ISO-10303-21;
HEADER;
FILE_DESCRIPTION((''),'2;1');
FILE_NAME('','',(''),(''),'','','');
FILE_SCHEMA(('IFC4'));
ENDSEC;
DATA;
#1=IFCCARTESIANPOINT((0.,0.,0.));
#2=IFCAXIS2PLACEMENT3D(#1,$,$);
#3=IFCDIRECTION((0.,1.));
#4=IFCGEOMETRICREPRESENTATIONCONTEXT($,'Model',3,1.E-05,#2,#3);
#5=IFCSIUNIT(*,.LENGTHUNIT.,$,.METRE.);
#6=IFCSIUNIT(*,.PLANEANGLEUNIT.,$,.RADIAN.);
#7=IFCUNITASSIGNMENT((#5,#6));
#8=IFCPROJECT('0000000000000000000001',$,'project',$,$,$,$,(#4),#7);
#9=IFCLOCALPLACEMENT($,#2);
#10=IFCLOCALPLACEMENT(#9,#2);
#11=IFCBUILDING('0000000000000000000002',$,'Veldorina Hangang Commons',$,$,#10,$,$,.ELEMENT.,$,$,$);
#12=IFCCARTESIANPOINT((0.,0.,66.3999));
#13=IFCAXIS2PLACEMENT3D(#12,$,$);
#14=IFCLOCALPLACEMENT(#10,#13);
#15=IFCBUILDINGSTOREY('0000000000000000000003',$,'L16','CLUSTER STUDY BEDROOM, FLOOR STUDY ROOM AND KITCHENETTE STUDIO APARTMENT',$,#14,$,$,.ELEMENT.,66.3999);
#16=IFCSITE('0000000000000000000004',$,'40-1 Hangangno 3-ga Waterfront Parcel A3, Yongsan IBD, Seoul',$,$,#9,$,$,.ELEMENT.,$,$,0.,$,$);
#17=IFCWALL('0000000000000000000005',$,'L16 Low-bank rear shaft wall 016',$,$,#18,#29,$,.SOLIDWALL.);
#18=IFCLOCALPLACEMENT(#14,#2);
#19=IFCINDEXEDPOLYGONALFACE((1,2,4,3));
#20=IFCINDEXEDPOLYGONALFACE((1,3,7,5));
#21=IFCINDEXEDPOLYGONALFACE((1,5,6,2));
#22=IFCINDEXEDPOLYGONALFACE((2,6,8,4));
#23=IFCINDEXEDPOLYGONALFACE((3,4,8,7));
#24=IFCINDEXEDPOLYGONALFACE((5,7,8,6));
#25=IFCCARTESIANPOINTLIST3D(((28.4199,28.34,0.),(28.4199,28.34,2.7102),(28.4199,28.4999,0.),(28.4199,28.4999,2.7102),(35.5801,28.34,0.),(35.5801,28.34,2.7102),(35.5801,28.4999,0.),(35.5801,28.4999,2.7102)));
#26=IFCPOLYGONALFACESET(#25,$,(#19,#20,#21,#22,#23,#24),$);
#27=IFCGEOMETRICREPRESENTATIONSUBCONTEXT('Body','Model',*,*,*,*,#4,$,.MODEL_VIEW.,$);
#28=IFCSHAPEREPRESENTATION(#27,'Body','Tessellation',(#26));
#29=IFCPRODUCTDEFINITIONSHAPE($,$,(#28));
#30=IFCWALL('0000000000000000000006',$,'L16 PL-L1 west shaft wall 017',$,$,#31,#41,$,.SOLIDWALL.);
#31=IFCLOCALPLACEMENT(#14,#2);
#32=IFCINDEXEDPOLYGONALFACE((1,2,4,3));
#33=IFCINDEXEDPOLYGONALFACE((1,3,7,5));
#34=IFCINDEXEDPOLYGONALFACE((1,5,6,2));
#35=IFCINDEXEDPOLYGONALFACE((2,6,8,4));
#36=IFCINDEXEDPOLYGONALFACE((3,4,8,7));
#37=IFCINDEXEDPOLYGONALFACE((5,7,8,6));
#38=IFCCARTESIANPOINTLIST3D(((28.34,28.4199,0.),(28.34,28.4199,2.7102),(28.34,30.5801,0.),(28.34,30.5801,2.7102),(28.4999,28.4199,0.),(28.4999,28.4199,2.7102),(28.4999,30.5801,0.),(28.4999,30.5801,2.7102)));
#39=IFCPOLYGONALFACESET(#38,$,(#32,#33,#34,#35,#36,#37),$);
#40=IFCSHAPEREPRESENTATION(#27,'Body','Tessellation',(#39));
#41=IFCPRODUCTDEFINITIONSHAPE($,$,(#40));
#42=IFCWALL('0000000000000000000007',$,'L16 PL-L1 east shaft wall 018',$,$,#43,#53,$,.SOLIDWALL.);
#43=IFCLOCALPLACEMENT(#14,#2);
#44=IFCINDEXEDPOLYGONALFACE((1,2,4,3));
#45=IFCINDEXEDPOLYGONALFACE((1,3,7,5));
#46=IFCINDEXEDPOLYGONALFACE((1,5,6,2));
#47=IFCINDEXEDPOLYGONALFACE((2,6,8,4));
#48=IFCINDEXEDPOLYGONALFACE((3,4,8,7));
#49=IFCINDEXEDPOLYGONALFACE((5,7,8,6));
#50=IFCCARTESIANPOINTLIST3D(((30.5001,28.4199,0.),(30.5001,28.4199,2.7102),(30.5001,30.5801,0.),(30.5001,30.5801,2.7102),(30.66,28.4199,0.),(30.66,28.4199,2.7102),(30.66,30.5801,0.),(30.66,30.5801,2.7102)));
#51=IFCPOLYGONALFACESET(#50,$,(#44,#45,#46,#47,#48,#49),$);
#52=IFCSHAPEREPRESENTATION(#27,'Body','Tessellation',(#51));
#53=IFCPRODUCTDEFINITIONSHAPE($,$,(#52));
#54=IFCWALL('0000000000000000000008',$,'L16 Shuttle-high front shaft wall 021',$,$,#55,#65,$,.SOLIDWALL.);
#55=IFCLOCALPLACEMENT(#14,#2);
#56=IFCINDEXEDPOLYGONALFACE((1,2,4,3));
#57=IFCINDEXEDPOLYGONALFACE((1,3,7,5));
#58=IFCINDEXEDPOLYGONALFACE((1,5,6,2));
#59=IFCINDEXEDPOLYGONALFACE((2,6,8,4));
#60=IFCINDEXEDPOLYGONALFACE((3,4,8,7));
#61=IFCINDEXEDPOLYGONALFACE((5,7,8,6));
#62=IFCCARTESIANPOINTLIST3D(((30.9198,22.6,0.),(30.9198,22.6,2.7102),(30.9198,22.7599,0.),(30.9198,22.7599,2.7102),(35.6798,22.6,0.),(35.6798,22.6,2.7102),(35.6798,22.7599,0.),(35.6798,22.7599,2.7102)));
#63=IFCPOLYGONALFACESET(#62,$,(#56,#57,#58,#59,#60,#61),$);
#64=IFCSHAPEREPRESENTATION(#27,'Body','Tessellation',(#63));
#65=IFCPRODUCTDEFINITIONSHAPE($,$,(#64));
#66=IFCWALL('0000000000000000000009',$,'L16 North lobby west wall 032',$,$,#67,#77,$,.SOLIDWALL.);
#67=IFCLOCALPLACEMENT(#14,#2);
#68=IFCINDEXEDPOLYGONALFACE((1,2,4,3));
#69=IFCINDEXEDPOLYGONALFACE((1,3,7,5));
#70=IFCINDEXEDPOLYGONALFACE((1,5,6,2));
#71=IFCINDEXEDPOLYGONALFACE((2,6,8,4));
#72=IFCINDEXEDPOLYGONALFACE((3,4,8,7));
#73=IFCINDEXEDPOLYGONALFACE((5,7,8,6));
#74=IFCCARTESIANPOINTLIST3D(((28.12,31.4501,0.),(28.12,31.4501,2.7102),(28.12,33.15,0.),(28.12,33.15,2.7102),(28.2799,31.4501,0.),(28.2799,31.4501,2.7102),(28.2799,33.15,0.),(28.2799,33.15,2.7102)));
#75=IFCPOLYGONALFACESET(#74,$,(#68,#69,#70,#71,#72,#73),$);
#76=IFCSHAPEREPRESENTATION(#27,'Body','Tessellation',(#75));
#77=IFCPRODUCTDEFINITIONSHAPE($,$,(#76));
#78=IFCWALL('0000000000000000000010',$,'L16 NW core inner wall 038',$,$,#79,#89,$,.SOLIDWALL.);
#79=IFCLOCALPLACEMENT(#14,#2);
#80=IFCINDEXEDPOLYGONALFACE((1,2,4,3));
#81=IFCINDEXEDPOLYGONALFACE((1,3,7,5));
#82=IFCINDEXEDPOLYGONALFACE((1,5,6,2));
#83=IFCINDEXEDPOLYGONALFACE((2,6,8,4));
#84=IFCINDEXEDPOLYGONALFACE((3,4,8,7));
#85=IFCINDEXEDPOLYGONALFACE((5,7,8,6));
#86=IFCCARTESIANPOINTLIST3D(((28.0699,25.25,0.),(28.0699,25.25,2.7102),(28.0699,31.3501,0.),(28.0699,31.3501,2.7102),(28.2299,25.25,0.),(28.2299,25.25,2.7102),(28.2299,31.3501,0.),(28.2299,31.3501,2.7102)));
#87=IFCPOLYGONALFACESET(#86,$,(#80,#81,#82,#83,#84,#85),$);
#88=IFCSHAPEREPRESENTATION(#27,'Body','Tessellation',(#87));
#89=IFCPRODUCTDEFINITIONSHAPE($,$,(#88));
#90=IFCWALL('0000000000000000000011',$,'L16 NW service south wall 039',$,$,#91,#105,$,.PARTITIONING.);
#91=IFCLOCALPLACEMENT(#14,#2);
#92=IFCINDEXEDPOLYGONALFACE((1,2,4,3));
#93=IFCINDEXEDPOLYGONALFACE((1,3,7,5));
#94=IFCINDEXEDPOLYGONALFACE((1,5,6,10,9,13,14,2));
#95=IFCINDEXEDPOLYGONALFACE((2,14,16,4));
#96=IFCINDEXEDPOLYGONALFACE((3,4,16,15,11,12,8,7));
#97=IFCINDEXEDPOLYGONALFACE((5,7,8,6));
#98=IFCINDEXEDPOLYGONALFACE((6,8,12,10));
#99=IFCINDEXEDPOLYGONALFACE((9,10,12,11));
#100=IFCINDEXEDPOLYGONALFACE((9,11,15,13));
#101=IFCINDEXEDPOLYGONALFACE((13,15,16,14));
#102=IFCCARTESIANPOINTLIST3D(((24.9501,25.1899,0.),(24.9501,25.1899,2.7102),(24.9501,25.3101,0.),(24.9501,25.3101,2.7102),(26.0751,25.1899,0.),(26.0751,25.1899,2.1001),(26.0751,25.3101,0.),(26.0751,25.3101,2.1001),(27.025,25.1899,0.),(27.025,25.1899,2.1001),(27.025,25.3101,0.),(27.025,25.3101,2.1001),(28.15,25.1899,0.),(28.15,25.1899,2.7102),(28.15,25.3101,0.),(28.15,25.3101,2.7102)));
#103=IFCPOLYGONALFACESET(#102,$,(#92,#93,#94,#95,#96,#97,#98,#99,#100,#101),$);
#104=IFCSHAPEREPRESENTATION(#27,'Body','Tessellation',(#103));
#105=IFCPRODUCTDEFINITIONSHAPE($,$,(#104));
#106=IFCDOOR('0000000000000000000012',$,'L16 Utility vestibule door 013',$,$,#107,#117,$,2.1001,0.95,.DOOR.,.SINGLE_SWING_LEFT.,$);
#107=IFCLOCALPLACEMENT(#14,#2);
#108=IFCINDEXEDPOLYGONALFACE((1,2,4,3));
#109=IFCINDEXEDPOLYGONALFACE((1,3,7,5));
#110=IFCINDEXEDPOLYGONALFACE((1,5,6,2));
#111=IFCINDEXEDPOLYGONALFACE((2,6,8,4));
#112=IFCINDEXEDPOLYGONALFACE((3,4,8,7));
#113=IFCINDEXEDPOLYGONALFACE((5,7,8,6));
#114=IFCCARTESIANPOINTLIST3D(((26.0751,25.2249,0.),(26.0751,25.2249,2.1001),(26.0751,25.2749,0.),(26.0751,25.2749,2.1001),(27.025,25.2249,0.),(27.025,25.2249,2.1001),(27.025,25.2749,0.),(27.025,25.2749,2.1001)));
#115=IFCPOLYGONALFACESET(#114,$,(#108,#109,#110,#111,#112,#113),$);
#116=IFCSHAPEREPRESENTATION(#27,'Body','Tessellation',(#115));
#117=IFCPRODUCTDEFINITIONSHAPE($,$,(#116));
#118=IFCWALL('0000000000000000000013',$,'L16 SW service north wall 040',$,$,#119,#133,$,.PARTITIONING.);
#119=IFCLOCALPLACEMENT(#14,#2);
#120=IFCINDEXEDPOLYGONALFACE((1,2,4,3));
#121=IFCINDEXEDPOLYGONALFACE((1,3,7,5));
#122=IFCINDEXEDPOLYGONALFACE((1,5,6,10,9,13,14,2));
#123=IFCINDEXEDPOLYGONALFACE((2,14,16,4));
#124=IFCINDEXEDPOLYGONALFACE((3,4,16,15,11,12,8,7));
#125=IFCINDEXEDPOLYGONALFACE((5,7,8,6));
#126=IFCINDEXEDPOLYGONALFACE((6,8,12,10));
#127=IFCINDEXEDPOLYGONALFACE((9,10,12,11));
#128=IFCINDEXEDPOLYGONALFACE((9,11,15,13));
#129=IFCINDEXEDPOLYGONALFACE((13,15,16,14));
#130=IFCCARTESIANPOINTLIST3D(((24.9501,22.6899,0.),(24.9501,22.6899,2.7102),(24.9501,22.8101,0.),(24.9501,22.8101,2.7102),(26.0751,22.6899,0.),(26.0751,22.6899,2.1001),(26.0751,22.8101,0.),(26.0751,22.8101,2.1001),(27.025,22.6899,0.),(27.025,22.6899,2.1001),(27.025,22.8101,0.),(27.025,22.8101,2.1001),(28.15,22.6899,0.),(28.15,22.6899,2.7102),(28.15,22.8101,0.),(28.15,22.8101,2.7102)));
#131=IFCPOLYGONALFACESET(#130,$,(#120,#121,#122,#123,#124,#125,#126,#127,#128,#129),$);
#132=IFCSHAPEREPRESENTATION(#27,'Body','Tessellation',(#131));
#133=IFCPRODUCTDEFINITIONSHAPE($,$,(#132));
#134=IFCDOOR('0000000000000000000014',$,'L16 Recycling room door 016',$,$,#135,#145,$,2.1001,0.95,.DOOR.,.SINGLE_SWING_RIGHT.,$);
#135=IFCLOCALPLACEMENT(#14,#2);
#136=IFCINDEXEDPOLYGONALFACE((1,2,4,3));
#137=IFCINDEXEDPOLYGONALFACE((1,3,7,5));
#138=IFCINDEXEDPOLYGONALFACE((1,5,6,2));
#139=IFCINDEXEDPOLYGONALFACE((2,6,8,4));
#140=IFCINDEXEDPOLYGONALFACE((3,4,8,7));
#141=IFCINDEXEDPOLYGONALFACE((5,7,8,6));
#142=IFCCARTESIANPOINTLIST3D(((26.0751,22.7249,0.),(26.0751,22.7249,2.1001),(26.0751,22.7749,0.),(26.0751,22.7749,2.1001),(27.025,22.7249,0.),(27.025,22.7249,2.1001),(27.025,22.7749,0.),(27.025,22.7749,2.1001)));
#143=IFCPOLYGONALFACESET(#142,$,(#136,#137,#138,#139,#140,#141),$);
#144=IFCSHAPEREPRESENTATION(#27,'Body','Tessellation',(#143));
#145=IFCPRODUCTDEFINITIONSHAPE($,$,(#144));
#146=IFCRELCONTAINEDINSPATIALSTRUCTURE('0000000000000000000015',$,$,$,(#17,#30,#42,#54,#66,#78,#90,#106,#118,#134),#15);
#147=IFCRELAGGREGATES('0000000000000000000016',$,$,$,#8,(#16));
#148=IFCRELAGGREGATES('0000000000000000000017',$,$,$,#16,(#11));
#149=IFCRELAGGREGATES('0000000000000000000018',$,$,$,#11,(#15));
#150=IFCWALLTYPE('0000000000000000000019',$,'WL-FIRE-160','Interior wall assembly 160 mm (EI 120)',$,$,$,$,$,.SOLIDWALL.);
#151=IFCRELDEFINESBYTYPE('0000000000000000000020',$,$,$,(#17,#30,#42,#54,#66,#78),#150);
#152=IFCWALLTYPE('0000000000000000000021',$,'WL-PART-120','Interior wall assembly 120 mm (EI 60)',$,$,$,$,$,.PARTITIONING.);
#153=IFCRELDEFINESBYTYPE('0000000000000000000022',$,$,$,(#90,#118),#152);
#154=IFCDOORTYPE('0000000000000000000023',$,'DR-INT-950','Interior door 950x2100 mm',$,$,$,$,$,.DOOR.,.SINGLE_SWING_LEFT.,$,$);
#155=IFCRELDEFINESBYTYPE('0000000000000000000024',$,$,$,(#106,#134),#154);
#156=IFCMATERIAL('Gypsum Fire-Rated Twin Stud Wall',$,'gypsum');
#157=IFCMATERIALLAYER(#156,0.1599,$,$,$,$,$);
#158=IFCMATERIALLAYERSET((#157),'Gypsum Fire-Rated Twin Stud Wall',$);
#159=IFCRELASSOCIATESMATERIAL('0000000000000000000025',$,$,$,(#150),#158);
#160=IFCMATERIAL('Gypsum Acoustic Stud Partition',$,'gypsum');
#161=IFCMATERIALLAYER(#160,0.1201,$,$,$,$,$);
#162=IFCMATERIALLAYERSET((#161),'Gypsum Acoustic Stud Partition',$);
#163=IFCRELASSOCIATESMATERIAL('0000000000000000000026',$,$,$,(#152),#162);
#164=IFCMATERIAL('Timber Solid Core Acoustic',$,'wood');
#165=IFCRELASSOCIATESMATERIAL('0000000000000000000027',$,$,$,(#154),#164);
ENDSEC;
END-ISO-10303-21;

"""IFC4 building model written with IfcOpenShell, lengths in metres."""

from ifc_helpers import new_model, si_unit, direction, frame, frame_2d, origin, place, context, subcontext, project, spatial, rectangle, extrude, material, layer, layer_set, type_object, element, fill, save


model = new_model("IFC4")

# Units and contexts
model_context = context("Model", 3, precision=1e-05, world=origin(), true_north=direction((0.0, 1.0)))
body_context = subcontext(model_context, "Body", "Model", "MODEL_VIEW")
ifc_project = project(units=[si_unit("LENGTHUNIT", "METRE"), si_unit("PLANEANGLEUNIT", "RADIAN")], contexts=[model_context])

# Site, building, storey
site_placement = place(None, origin())
site = spatial("IfcSite", under=ifc_project, at=site_placement, Name="40-1 Hangangno 3-ga Waterfront Parcel A3, Yongsan IBD, Seoul", CompositionType="ELEMENT", RefElevation=0.0)
building_placement = place(site_placement, origin())
building = spatial("IfcBuilding", under=site, at=building_placement, Name="Veldorina Hangang Commons", CompositionType="ELEMENT")
storey_placement = place(building_placement, frame((0.0, 0.0, 66.3999)))
storey = spatial("IfcBuildingStorey", under=building, at=storey_placement, Name="L16", Description="CLUSTER STUDY BEDROOM, FLOOR STUDY ROOM AND KITCHENETTE STUDIO APARTMENT", CompositionType="ELEMENT", Elevation=66.3999)

# Shared definitions
ifc_material_1 = material(Name="Gypsum Fire-Rated Twin Stud Wall", Category="gypsum")
ifc_layer_1 = layer(ifc_material_1, 0.1599)
ifc_layer_set_1 = layer_set([ifc_layer_1], Name="Gypsum Fire-Rated Twin Stud Wall")
wall_type_1 = type_object("IfcWallType", Name="WL-FIRE-160", Description="Interior wall assembly 160 mm (EI 120)", PredefinedType="SOLIDWALL", material=ifc_layer_set_1)

# Walls
wall_1_placement = place(storey_placement, frame((28.4199, 28.4199, 0.0), z_axis=(0.0, 0.0, 1.0), x_axis=(1.0, 0.0, 0.0)))
element("IfcWall", 1, at=wall_1_placement, inside=storey, type_object=wall_type_1, Name="L16 Low-bank rear shaft wall 016", PredefinedType="SOLIDWALL", context=body_context, shape_type="SweptSolid", body=[
    extrude(rectangle(XDim=7.1602, YDim=0.1599, at=frame_2d((3.5801, 0.0))), origin(), (0.0, 0.0, 1.0), 2.7102),
])
for number, where, z_axis, x_axis, name in (
    (2, (28.4199, 28.4199, 0.0), (0.0, 0.0, 1.0), (0.0, 1.0, 0.0), "L16 PL-L1 west shaft wall 017"),
    (3, (30.5801, 28.4199, 0.0), (0.0, 0.0, 1.0), (0.0, 1.0, 0.0), "L16 PL-L1 east shaft wall 018"),
):
    element("IfcWall", number, at=place(storey_placement, frame(where, z_axis=z_axis, x_axis=x_axis)), inside=storey, type_object=wall_type_1, Name=name, PredefinedType="SOLIDWALL", context=body_context, shape_type="SweptSolid", body=[
        extrude(rectangle(XDim=2.1602, YDim=0.1599, at=frame_2d((1.0801, 0.0))), origin(), (0.0, 0.0, 1.0), 2.7102),
    ])
wall_2_placement = place(storey_placement, frame((30.9199, 22.6799, 0.0), z_axis=(0.0, 0.0, 1.0), x_axis=(1.0, 0.0, 0.0)))
element("IfcWall", 4, at=wall_2_placement, inside=storey, type_object=wall_type_1, Name="L16 Shuttle-high front shaft wall 021", PredefinedType="SOLIDWALL", context=body_context, shape_type="SweptSolid", body=[
    extrude(rectangle(XDim=4.76, YDim=0.1599, at=frame_2d((2.3799, 0.0))), origin(), (0.0, 0.0, 1.0), 2.7102),
])
wall_3_placement = place(storey_placement, frame((28.2, 31.45, 0.0), z_axis=(0.0, 0.0, 1.0), x_axis=(0.0, 1.0, 0.0)))
element("IfcWall", 5, at=wall_3_placement, inside=storey, type_object=wall_type_1, Name="L16 North lobby west wall 032", PredefinedType="SOLIDWALL", context=body_context, shape_type="SweptSolid", body=[
    extrude(rectangle(XDim=1.7, YDim=0.1599, at=frame_2d((0.8501, 0.0))), origin(), (0.0, 0.0, 1.0), 2.7102),
])
wall_4_placement = place(storey_placement, frame((28.1499, 25.25, 0.0), z_axis=(0.0, 0.0, 1.0), x_axis=(0.0, 1.0, 0.0)))
element("IfcWall", 6, at=wall_4_placement, inside=storey, type_object=wall_type_1, Name="L16 NW core inner wall 038", PredefinedType="SOLIDWALL", context=body_context, shape_type="SweptSolid", body=[
    extrude(rectangle(XDim=6.1001, YDim=0.1599, at=frame_2d((3.05, 0.0))), origin(), (0.0, 0.0, 1.0), 2.7102),
])

# Walls, openings, doors
ifc_material_2 = material(Name="Gypsum Acoustic Stud Partition", Category="gypsum")
ifc_layer_2 = layer(ifc_material_2, 0.1201)
ifc_layer_set_2 = layer_set([ifc_layer_2], Name="Gypsum Acoustic Stud Partition")
wall_type_2 = type_object("IfcWallType", Name="WL-PART-120", Description="Interior wall assembly 120 mm (EI 60)", PredefinedType="PARTITIONING", material=ifc_layer_set_2)
wall_5_placement = place(storey_placement, frame((24.95, 25.25, 0.0), z_axis=(0.0, 0.0, 1.0), x_axis=(1.0, 0.0, 0.0)))
wall_5 = element("IfcWall", 7, at=wall_5_placement, inside=storey, type_object=wall_type_2, Name="L16 NW service south wall 039", PredefinedType="PARTITIONING", context=body_context, shape_type="SweptSolid", body=[
    extrude(rectangle(XDim=3.2, YDim=0.1201, at=frame_2d((1.6001, 0.0))), origin(), (0.0, 0.0, 1.0), 2.7102),
])
opening_1_placement = place(wall_5_placement, frame((1.125, 0.0, 0.0)))
opening_1 = element("IfcOpeningElement", 8, at=opening_1_placement, cuts=wall_5, PredefinedType="OPENING", context=body_context, shape_type="SweptSolid", body=[
    extrude(rectangle(XDim=0.95, YDim=2.1001, at=frame_2d((0.4751, 1.05))), frame((0.0, 0.0701, 0.0), z_axis=(0.0, -1.0, 0.0), x_axis=(1.0, 0.0, 0.0)), (0.0, 0.0, 1.0), 0.1401),
])
ifc_material_3 = material(Name="Timber Solid Core Acoustic", Category="wood")
door_type_1 = type_object("IfcDoorType", Name="DR-INT-950", Description="Interior door 950x2100 mm", OperationType="SINGLE_SWING_LEFT", PredefinedType="DOOR", material=ifc_material_3)
door_1_placement = place(opening_1_placement, origin())
door_1 = element("IfcDoor", 9, at=door_1_placement, inside=storey, type_object=door_type_1, Name="L16 Utility vestibule door 013", OperationType="SINGLE_SWING_LEFT", OverallHeight=2.1001, OverallWidth=0.95, PredefinedType="DOOR", context=body_context, shape_type="SweptSolid", body=[
    extrude(rectangle(XDim=0.95, YDim=2.1001, at=frame_2d((0.4751, 1.05))), frame((0.0, 0.0249, 0.0), z_axis=(0.0, -1.0, 0.0), x_axis=(1.0, 0.0, 0.0)), (0.0, 0.0, 1.0), 0.05),
])
fill(opening_1, door_1)
wall_6_placement = place(storey_placement, frame((24.95, 22.75, 0.0), z_axis=(0.0, 0.0, 1.0), x_axis=(1.0, 0.0, 0.0)))
wall_6 = element("IfcWall", 10, at=wall_6_placement, inside=storey, type_object=wall_type_2, Name="L16 SW service north wall 040", PredefinedType="PARTITIONING", context=body_context, shape_type="SweptSolid", body=[
    extrude(rectangle(XDim=3.2, YDim=0.1201, at=frame_2d((1.6001, 0.0))), origin(), (0.0, 0.0, 1.0), 2.7102),
])
opening_2_placement = place(wall_6_placement, frame((1.125, 0.0, 0.0)))
opening_2 = element("IfcOpeningElement", 11, at=opening_2_placement, cuts=wall_6, PredefinedType="OPENING", context=body_context, shape_type="SweptSolid", body=[
    extrude(rectangle(XDim=0.95, YDim=2.1001, at=frame_2d((0.4751, 1.05))), frame((0.0, 0.0701, 0.0), z_axis=(0.0, -1.0, 0.0), x_axis=(1.0, 0.0, 0.0)), (0.0, 0.0, 1.0), 0.1401),
])
door_2_placement = place(opening_2_placement, origin())
door_2 = element("IfcDoor", 12, at=door_2_placement, inside=storey, type_object=door_type_1, Name="L16 Recycling room door 016", OperationType="SINGLE_SWING_RIGHT", OverallHeight=2.1001, OverallWidth=0.95, PredefinedType="DOOR", context=body_context, shape_type="SweptSolid", body=[
    extrude(rectangle(XDim=0.95, YDim=2.1001, at=frame_2d((0.4751, 1.05))), frame((0.0, 0.0249, 0.0), z_axis=(0.0, -1.0, 0.0), x_axis=(1.0, 0.0, 0.0)), (0.0, 0.0, 1.0), 0.05),
])
fill(opening_2, door_2)

save(model, "model.ifc")
